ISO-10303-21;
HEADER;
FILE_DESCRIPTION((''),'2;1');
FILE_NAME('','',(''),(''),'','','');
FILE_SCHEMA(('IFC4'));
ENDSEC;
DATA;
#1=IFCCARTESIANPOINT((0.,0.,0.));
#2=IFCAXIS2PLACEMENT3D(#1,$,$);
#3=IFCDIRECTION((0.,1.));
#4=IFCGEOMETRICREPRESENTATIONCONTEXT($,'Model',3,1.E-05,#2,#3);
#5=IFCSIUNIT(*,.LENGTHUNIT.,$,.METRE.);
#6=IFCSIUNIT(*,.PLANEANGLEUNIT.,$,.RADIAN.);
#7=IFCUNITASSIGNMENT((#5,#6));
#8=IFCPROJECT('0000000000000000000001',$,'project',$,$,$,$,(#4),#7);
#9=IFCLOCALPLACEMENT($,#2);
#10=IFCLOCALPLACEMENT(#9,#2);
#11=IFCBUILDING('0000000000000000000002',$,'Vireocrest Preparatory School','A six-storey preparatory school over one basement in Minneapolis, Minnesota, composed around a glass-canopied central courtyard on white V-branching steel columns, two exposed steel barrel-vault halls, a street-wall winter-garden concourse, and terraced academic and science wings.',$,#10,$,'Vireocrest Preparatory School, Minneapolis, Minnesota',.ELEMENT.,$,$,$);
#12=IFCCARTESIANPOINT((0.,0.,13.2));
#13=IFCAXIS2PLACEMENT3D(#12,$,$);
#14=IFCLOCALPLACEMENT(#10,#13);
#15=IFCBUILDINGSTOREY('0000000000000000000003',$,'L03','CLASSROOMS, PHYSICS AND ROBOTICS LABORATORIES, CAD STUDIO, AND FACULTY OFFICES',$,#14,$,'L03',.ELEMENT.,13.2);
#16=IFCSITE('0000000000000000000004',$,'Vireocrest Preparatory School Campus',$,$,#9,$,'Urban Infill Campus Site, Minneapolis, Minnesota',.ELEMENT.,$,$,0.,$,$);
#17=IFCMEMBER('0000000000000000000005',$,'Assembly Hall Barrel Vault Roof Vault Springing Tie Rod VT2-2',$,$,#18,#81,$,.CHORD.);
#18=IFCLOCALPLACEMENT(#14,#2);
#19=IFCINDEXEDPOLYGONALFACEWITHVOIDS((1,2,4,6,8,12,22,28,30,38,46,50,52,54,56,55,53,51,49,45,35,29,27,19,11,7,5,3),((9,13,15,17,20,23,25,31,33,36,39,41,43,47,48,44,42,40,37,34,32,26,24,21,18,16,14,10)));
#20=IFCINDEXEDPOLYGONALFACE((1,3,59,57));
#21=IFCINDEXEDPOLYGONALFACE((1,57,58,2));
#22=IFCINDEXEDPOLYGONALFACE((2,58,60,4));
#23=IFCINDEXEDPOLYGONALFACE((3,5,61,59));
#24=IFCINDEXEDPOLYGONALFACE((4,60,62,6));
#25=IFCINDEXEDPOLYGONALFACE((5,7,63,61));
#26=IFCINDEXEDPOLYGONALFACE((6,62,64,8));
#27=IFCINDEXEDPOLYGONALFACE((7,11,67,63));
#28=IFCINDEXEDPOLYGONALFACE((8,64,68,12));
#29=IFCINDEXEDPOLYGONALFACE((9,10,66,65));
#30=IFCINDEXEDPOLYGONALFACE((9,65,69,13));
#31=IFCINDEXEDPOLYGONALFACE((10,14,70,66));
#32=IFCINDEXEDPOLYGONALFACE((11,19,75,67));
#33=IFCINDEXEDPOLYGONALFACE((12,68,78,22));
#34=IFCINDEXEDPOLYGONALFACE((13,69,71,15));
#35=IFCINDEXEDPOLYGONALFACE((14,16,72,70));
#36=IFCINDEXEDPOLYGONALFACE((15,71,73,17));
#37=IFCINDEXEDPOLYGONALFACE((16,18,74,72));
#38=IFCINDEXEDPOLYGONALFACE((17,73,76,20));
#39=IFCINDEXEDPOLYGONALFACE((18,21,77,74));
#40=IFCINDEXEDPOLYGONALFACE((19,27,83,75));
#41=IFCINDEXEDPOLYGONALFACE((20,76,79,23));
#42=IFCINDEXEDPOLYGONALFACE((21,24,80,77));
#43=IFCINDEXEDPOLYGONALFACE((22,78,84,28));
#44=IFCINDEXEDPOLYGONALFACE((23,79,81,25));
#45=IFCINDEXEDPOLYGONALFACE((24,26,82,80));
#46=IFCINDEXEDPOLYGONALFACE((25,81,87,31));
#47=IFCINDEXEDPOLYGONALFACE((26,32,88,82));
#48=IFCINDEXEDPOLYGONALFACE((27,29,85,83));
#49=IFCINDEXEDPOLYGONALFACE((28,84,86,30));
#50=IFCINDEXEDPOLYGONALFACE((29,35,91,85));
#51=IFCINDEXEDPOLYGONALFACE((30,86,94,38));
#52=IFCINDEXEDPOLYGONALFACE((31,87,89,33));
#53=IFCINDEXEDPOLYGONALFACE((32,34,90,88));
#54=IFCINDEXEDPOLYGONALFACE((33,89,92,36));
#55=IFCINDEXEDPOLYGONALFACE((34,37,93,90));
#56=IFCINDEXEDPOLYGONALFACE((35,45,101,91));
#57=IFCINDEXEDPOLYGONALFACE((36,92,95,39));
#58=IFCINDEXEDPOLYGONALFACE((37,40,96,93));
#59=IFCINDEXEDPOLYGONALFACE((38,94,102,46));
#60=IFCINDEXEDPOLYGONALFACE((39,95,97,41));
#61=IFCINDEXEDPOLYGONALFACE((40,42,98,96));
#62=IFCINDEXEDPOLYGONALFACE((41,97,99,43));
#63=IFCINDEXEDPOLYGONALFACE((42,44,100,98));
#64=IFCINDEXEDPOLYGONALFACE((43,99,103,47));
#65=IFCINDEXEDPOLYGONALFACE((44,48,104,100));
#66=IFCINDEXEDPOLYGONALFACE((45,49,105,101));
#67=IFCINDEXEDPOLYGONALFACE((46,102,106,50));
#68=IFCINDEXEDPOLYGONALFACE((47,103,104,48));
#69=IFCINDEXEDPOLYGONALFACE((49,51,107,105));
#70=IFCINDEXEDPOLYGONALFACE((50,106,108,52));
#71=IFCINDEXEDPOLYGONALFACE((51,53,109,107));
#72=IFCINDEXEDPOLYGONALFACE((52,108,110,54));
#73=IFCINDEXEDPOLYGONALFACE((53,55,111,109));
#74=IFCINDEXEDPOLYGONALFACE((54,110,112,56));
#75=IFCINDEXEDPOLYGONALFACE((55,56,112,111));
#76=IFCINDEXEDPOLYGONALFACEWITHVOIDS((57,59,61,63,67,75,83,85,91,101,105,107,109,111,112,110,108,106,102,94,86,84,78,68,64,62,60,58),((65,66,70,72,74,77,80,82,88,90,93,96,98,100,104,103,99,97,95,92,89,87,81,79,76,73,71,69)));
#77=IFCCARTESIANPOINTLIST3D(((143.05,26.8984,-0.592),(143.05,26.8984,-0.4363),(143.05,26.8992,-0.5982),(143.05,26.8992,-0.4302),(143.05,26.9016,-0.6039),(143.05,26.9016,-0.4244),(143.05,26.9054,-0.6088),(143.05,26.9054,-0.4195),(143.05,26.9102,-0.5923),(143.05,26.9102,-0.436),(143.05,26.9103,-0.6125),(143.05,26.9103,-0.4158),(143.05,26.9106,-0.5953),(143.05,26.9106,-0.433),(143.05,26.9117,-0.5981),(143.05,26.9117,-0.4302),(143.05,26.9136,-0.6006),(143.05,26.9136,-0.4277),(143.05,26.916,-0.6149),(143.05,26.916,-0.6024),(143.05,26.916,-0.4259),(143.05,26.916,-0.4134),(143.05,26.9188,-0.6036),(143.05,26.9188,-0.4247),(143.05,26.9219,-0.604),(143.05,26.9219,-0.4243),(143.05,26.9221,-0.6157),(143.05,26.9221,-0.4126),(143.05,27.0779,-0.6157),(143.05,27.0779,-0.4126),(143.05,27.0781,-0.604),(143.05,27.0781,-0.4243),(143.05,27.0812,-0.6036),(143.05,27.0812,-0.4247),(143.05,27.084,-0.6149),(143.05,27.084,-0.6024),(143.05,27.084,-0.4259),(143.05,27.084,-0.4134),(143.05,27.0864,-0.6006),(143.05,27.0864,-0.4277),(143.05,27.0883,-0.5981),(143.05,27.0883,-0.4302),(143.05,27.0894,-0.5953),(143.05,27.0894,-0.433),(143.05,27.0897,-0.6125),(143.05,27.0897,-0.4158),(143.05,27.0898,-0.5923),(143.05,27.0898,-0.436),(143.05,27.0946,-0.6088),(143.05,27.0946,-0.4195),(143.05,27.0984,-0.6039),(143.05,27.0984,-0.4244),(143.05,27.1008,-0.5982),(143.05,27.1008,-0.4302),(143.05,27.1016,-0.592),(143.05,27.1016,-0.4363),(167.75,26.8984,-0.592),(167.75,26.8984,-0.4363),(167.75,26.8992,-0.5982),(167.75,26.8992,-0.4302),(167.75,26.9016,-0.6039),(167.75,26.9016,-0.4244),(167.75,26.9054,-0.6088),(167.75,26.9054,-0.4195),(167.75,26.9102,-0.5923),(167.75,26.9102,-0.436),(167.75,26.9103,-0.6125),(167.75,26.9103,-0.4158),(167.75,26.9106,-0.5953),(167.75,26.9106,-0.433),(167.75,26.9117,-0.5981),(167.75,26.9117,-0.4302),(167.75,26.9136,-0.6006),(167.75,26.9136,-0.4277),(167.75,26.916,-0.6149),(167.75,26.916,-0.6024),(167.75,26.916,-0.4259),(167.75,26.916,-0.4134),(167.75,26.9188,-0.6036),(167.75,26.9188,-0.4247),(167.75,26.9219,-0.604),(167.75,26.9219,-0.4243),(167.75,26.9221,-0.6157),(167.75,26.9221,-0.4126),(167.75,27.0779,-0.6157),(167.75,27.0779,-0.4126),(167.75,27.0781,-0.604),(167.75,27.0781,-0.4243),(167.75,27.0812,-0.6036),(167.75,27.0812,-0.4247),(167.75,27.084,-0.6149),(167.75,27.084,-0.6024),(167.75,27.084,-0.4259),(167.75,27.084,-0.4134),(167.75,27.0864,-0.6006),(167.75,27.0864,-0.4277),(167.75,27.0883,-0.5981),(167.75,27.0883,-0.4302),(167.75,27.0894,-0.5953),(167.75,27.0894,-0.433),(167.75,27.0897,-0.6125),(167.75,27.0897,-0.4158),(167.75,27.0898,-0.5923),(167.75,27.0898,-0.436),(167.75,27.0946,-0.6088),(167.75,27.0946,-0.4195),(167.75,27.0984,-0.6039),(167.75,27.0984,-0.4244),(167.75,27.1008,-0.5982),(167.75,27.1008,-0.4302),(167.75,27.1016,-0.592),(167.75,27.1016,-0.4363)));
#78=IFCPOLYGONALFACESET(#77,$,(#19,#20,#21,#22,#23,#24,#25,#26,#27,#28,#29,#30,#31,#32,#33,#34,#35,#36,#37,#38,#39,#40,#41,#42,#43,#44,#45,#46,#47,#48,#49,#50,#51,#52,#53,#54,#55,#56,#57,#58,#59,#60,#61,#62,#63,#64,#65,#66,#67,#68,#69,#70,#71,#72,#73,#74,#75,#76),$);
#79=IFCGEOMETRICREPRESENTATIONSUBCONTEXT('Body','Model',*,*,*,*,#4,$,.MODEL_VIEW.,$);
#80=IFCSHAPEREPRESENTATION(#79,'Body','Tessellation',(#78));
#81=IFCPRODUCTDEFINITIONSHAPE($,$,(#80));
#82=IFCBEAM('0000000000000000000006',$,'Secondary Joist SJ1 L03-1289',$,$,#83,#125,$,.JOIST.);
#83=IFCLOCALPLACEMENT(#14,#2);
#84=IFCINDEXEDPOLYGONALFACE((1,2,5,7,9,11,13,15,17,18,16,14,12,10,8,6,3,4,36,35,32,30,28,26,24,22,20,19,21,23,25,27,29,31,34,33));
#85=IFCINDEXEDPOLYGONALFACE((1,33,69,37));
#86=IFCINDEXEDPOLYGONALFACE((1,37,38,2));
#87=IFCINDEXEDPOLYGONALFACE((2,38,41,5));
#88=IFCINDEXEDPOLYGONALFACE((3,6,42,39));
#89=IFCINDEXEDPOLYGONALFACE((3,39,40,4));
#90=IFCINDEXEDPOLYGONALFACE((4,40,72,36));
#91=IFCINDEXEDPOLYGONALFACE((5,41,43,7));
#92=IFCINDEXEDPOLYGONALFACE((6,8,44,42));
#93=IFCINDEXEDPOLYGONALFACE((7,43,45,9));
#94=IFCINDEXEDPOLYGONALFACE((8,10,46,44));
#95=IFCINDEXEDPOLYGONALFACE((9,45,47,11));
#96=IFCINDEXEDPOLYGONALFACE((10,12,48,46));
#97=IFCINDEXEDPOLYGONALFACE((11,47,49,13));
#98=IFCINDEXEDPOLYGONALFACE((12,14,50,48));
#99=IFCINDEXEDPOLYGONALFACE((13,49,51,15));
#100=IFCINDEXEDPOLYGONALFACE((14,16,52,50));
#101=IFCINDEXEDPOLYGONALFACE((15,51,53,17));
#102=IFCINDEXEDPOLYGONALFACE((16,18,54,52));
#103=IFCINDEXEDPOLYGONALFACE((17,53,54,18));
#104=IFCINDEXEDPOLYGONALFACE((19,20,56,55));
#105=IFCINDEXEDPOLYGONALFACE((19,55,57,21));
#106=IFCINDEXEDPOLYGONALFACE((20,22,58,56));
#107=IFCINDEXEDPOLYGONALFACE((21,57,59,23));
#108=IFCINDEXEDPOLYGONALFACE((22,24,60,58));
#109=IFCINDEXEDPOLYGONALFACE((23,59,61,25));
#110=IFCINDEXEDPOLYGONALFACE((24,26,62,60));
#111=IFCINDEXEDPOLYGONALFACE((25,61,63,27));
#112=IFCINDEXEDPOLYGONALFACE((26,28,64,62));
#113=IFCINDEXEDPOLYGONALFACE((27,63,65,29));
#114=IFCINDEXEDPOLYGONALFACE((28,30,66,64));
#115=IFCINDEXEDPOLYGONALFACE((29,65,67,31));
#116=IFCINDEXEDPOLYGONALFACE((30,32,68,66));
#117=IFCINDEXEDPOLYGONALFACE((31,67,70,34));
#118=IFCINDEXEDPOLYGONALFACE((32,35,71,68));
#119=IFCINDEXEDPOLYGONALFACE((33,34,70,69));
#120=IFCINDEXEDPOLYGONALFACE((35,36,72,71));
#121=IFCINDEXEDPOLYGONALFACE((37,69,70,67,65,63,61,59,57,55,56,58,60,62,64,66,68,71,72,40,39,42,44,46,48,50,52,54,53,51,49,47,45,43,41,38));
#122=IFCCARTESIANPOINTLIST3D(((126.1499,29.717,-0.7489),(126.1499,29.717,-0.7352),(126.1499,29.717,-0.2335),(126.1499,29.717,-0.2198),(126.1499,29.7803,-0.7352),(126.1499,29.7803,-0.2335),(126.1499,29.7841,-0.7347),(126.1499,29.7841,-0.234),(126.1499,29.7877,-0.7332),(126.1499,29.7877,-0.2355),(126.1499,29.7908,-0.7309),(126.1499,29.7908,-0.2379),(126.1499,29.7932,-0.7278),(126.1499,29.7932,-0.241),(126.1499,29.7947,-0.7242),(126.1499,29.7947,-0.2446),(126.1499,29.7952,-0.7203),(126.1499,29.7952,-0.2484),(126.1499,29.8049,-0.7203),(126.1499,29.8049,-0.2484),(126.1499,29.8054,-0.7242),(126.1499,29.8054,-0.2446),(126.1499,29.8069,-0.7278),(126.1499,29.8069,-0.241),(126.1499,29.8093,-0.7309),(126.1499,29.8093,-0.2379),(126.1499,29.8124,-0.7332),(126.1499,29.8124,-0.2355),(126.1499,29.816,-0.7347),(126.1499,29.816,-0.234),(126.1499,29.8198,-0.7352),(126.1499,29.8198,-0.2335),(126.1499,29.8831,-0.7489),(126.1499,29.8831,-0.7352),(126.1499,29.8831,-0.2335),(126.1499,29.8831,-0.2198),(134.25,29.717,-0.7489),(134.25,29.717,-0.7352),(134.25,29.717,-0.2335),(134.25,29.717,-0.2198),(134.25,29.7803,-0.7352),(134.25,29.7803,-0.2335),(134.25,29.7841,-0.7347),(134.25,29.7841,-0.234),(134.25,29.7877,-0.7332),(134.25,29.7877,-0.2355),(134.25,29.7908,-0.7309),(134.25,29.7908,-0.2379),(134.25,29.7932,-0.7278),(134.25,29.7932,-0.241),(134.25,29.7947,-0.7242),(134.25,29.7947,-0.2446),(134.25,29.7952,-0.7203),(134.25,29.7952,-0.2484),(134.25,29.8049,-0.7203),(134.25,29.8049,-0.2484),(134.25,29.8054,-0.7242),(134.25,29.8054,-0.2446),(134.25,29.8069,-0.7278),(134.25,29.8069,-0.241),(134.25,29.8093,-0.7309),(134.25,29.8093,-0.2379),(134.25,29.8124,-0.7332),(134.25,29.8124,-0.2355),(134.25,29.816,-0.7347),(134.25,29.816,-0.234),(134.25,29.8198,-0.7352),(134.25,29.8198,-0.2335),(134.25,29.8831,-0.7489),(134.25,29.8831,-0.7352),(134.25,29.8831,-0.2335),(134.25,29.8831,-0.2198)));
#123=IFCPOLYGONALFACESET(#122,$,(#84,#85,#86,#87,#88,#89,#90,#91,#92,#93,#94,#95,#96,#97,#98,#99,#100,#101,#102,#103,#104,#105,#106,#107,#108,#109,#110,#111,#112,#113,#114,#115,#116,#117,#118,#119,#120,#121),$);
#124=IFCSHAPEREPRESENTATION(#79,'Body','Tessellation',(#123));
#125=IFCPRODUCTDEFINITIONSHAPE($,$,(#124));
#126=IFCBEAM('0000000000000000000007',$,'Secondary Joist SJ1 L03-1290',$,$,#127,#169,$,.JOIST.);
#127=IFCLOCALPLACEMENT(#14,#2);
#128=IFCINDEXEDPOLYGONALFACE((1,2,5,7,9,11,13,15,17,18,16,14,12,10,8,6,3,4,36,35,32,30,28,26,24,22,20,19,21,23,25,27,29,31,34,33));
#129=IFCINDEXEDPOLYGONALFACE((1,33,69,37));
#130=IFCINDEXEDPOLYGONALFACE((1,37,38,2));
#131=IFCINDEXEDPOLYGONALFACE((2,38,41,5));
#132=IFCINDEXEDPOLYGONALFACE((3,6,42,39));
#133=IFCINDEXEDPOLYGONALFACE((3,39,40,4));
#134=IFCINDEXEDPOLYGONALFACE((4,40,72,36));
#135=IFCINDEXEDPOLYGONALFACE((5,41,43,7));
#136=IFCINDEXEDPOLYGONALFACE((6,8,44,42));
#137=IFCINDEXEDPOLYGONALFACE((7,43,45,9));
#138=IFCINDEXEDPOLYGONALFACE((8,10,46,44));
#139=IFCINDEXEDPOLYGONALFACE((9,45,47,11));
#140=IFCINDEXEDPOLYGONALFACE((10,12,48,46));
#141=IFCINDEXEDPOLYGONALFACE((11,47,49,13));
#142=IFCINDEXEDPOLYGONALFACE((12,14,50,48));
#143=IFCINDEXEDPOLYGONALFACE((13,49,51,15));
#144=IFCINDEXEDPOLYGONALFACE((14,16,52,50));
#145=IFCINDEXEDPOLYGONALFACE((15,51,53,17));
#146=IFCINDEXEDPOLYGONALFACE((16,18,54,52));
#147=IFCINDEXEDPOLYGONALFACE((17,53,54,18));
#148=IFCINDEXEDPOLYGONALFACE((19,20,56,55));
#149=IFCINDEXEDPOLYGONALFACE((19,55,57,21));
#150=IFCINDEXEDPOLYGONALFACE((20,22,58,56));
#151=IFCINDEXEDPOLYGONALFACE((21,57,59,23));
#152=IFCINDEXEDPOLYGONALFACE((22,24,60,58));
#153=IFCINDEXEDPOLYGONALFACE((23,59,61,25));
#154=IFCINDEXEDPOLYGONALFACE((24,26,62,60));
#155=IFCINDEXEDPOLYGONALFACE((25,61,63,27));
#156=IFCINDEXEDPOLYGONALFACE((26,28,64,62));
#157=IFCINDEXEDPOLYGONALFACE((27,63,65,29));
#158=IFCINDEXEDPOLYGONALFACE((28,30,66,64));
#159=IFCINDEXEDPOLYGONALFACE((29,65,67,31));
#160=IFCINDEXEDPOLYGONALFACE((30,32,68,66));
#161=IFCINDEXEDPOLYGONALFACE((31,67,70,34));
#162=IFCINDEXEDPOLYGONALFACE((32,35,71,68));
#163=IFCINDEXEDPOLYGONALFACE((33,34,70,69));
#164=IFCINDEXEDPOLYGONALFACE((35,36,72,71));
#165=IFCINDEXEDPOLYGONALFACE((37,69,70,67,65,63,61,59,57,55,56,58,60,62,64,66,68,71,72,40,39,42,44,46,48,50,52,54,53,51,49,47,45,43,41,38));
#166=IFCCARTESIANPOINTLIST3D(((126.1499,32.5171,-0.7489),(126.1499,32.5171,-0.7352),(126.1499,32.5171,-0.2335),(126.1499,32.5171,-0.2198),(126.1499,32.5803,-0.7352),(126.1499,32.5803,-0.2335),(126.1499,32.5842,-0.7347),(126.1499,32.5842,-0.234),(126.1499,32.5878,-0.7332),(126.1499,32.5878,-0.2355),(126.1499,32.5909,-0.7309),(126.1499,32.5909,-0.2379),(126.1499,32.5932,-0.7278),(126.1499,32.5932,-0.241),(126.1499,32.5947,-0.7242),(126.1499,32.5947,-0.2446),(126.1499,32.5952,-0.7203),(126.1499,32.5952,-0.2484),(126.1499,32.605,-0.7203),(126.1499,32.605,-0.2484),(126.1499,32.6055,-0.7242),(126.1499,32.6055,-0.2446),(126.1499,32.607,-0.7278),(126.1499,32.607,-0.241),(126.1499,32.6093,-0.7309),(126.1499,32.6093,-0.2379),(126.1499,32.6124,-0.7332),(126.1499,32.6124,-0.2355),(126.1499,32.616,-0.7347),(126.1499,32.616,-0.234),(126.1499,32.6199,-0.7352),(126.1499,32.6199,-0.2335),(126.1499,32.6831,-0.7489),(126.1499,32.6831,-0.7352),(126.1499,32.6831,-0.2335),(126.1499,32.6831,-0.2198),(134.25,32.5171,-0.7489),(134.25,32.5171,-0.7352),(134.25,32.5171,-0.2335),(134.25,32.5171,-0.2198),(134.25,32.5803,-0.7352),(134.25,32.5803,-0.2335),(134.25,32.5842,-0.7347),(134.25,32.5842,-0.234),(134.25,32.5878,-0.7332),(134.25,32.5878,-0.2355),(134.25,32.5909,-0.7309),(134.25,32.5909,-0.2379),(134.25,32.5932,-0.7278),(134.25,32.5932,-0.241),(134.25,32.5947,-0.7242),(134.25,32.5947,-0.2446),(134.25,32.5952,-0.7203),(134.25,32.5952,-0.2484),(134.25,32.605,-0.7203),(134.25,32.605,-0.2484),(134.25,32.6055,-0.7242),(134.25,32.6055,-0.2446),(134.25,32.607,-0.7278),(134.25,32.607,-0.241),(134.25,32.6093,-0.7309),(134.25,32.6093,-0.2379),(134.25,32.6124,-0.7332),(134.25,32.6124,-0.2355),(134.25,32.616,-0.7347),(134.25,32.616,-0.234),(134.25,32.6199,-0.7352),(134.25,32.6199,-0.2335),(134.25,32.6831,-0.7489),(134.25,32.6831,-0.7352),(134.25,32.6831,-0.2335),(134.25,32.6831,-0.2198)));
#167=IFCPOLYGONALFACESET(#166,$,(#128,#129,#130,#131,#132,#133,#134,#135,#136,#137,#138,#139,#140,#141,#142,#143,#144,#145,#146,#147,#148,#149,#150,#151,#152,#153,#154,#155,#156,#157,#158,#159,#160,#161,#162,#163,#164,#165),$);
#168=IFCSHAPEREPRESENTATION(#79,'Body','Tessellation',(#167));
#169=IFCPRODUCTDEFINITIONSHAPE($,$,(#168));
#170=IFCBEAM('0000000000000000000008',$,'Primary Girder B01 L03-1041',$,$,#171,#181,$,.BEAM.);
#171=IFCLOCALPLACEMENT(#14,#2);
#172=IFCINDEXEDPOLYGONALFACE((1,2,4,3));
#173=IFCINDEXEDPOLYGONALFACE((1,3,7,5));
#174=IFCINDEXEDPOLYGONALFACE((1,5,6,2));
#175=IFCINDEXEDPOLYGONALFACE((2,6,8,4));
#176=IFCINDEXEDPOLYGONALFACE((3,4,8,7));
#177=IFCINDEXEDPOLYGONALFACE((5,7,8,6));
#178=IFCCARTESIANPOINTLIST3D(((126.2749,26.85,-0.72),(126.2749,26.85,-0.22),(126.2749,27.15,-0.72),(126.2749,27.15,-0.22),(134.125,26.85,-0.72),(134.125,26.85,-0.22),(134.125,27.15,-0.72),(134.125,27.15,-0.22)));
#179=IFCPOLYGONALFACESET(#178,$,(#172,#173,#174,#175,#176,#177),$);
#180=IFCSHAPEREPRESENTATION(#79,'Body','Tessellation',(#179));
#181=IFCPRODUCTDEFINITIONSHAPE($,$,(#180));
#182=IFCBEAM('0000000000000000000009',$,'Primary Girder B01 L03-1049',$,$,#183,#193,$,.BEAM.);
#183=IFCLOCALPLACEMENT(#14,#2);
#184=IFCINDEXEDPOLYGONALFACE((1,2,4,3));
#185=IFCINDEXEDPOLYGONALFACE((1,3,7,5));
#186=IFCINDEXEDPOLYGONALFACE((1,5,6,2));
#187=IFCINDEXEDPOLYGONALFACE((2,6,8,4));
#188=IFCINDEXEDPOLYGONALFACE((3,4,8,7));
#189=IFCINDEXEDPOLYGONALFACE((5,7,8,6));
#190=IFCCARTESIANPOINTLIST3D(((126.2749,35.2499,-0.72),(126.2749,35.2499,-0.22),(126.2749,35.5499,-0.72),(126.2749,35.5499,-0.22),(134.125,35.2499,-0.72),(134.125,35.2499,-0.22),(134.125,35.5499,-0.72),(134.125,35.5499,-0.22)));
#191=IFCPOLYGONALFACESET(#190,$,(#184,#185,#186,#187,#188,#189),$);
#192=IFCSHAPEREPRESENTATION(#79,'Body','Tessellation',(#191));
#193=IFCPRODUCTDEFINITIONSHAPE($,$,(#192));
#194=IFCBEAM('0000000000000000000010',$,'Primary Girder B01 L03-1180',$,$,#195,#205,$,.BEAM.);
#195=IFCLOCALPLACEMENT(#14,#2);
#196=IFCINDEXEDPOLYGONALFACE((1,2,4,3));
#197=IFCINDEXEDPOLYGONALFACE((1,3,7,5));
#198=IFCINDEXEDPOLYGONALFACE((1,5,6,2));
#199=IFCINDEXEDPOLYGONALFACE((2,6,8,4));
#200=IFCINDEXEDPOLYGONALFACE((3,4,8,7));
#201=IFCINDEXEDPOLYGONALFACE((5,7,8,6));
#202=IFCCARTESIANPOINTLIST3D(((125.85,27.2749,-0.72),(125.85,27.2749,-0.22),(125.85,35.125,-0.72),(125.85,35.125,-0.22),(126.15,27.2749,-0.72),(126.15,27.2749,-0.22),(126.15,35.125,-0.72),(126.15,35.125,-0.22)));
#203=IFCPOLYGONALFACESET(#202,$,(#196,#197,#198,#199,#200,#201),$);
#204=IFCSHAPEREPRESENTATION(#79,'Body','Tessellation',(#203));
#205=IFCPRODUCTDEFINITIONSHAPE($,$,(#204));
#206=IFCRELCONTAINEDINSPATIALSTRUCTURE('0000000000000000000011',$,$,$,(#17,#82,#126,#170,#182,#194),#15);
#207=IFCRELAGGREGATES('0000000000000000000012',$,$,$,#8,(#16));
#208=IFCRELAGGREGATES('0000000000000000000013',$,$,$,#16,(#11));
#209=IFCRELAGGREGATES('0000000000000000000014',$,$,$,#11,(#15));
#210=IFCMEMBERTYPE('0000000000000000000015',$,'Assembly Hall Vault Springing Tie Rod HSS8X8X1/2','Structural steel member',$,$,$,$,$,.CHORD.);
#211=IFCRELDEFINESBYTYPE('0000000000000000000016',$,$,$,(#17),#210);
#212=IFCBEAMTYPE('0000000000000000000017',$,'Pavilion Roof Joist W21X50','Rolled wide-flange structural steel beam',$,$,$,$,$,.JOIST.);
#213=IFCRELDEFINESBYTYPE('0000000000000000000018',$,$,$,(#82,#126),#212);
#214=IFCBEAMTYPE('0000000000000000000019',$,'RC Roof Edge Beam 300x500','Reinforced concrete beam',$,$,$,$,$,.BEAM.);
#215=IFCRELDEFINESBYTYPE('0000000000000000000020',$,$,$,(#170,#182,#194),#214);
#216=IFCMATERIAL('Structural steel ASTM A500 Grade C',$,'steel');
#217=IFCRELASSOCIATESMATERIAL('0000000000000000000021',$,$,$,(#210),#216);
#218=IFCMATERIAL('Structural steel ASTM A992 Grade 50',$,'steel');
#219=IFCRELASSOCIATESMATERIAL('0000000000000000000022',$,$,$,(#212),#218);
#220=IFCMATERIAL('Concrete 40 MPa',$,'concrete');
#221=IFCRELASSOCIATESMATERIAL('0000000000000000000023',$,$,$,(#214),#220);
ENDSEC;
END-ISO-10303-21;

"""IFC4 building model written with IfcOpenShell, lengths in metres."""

from ifc_helpers import new_model, si_unit, direction, frame, origin, origin_2d, place, context, subcontext, project, spatial, rectangle, hollow_rectangle, i_section, extrude, material, material_profile, profile_set, type_object, element, save


model = new_model("IFC4")

# Units and contexts
model_context = context("Model", 3, precision=1e-05, world=origin(), true_north=direction((0.0, 1.0)))
body_context = subcontext(model_context, "Body", "Model", "MODEL_VIEW")
ifc_project = project(units=[si_unit("LENGTHUNIT", "METRE"), si_unit("PLANEANGLEUNIT", "RADIAN")], contexts=[model_context])

# Site, building, storey
site_placement = place(None, origin())
site = spatial("IfcSite", under=ifc_project, at=site_placement, Name="Vireocrest Preparatory School Campus", LongName="Urban Infill Campus Site, Minneapolis, Minnesota", CompositionType="ELEMENT", RefElevation=0.0)
building_placement = place(site_placement, origin())
building = spatial("IfcBuilding", under=site, at=building_placement, Name="Vireocrest Preparatory School", Description="A six-storey preparatory school over one basement in Minneapolis, Minnesota, composed around a glass-canopied central courtyard on white V-branching steel columns, two exposed steel barrel-vault halls, a street-wall winter-garden concourse, and terraced academic and science wings.", LongName="Vireocrest Preparatory School, Minneapolis, Minnesota", CompositionType="ELEMENT")
storey_placement = place(building_placement, frame((0.0, 0.0, 13.2)))
storey = spatial("IfcBuildingStorey", under=building, at=storey_placement, Name="L03", Description="CLASSROOMS, PHYSICS AND ROBOTICS LABORATORIES, CAD STUDIO, AND FACULTY OFFICES", LongName="L03", CompositionType="ELEMENT", Elevation=13.2)

# Shared definitions
ifc_material_1 = material(Name="Structural steel ASTM A992 Grade 50", Category="steel")

# Member
ifc_material_2 = material(Name="Structural steel ASTM A500 Grade C", Category="steel")
ifc_material_profile_1 = material_profile(ifc_material_2, hollow_rectangle(XDim=0.2031, YDim=0.2031, WallThickness=0.0117, InnerFilletRadius=0.0117, OuterFilletRadius=0.0237, at=origin_2d()), Name="HSS8X8X1/2")
ifc_profile_set_1 = profile_set([ifc_material_profile_1], Name="Structural steel ASTM A500 Grade C")
member_type = type_object("IfcMemberType", Name="Assembly Hall Vault Springing Tie Rod HSS8X8X1/2", Description="Structural steel member", PredefinedType="CHORD", material=ifc_profile_set_1)
member_placement = place(storey_placement, frame((143.05, 27.0, -0.5142), z_axis=(1.0, 0.0, 0.0), x_axis=(0.0, 1.0, 0.0)))
element("IfcMember", 1, at=member_placement, inside=storey, type_object=member_type, Name="Assembly Hall Barrel Vault Roof Vault Springing Tie Rod VT2-2", PredefinedType="CHORD", context=body_context, shape_type="SweptSolid", body=[
    extrude(hollow_rectangle(XDim=0.2031, YDim=0.2031, WallThickness=0.0117, InnerFilletRadius=0.0117, OuterFilletRadius=0.0237, at=origin_2d()), origin(), (0.0, 0.0, 1.0), 24.7),
])

# Beams
ifc_material_profile_2 = material_profile(ifc_material_1, i_section(OverallWidth=0.166, OverallDepth=0.5291, WebThickness=0.0098, FlangeThickness=0.0137, FilletRadius=0.0149, at=origin_2d()), Name="W21X50")
ifc_profile_set_2 = profile_set([ifc_material_profile_2], Name="Structural steel ASTM A992 Grade 50")
beam_type_1 = type_object("IfcBeamType", Name="Pavilion Roof Joist W21X50", Description="Rolled wide-flange structural steel beam", PredefinedType="JOIST", material=ifc_profile_set_2)
for number, where, z_axis, x_axis, name in (
    (2, (126.1499, 29.8, -0.4844), (1.0, 0.0, 0.0), (0.0, 1.0, 0.0), "Secondary Joist SJ1 L03-1289"),
    (3, (126.1499, 32.6001, -0.4844), (1.0, 0.0, 0.0), (0.0, 1.0, 0.0), "Secondary Joist SJ1 L03-1290"),
):
    element("IfcBeam", number, at=place(storey_placement, frame(where, z_axis=z_axis, x_axis=x_axis)), inside=storey, type_object=beam_type_1, Name=name, PredefinedType="JOIST", context=body_context, shape_type="SweptSolid", body=[
        extrude(i_section(OverallWidth=0.166, OverallDepth=0.5291, WebThickness=0.0098, FlangeThickness=0.0137, FilletRadius=0.0149, at=origin_2d()), origin(), (0.0, 0.0, 1.0), 8.1001),
    ])
ifc_material_3 = material(Name="Concrete 40 MPa", Category="concrete")
ifc_material_profile_3 = material_profile(ifc_material_3, rectangle(XDim=0.3, YDim=0.5, at=origin_2d()), Name="RC 300x500")
ifc_profile_set_3 = profile_set([ifc_material_profile_3], Name="Concrete 40 MPa")
beam_type_2 = type_object("IfcBeamType", Name="RC Roof Edge Beam 300x500", Description="Reinforced concrete beam", PredefinedType="BEAM", material=ifc_profile_set_3)
for number, where, z_axis, x_axis, name in (
    (4, (126.2749, 27.0, -0.47), (1.0, 0.0, 0.0), (0.0, 1.0, 0.0), "Primary Girder B01 L03-1041"),
    (5, (126.2749, 35.3999, -0.47), (1.0, 0.0, 0.0), (0.0, 1.0, 0.0), "Primary Girder B01 L03-1049"),
    (6, (126.0, 27.2749, -0.47), (0.0, 1.0, 0.0), (-1.0, 0.0, 0.0), "Primary Girder B01 L03-1180"),
):
    element("IfcBeam", number, at=place(storey_placement, frame(where, z_axis=z_axis, x_axis=x_axis)), inside=storey, type_object=beam_type_2, Name=name, PredefinedType="BEAM", context=body_context, shape_type="SweptSolid", body=[
        extrude(rectangle(XDim=0.3, YDim=0.5, at=origin_2d()), origin(), (0.0, 0.0, 1.0), 7.8501),
    ])

save(model, "model.ifc")
